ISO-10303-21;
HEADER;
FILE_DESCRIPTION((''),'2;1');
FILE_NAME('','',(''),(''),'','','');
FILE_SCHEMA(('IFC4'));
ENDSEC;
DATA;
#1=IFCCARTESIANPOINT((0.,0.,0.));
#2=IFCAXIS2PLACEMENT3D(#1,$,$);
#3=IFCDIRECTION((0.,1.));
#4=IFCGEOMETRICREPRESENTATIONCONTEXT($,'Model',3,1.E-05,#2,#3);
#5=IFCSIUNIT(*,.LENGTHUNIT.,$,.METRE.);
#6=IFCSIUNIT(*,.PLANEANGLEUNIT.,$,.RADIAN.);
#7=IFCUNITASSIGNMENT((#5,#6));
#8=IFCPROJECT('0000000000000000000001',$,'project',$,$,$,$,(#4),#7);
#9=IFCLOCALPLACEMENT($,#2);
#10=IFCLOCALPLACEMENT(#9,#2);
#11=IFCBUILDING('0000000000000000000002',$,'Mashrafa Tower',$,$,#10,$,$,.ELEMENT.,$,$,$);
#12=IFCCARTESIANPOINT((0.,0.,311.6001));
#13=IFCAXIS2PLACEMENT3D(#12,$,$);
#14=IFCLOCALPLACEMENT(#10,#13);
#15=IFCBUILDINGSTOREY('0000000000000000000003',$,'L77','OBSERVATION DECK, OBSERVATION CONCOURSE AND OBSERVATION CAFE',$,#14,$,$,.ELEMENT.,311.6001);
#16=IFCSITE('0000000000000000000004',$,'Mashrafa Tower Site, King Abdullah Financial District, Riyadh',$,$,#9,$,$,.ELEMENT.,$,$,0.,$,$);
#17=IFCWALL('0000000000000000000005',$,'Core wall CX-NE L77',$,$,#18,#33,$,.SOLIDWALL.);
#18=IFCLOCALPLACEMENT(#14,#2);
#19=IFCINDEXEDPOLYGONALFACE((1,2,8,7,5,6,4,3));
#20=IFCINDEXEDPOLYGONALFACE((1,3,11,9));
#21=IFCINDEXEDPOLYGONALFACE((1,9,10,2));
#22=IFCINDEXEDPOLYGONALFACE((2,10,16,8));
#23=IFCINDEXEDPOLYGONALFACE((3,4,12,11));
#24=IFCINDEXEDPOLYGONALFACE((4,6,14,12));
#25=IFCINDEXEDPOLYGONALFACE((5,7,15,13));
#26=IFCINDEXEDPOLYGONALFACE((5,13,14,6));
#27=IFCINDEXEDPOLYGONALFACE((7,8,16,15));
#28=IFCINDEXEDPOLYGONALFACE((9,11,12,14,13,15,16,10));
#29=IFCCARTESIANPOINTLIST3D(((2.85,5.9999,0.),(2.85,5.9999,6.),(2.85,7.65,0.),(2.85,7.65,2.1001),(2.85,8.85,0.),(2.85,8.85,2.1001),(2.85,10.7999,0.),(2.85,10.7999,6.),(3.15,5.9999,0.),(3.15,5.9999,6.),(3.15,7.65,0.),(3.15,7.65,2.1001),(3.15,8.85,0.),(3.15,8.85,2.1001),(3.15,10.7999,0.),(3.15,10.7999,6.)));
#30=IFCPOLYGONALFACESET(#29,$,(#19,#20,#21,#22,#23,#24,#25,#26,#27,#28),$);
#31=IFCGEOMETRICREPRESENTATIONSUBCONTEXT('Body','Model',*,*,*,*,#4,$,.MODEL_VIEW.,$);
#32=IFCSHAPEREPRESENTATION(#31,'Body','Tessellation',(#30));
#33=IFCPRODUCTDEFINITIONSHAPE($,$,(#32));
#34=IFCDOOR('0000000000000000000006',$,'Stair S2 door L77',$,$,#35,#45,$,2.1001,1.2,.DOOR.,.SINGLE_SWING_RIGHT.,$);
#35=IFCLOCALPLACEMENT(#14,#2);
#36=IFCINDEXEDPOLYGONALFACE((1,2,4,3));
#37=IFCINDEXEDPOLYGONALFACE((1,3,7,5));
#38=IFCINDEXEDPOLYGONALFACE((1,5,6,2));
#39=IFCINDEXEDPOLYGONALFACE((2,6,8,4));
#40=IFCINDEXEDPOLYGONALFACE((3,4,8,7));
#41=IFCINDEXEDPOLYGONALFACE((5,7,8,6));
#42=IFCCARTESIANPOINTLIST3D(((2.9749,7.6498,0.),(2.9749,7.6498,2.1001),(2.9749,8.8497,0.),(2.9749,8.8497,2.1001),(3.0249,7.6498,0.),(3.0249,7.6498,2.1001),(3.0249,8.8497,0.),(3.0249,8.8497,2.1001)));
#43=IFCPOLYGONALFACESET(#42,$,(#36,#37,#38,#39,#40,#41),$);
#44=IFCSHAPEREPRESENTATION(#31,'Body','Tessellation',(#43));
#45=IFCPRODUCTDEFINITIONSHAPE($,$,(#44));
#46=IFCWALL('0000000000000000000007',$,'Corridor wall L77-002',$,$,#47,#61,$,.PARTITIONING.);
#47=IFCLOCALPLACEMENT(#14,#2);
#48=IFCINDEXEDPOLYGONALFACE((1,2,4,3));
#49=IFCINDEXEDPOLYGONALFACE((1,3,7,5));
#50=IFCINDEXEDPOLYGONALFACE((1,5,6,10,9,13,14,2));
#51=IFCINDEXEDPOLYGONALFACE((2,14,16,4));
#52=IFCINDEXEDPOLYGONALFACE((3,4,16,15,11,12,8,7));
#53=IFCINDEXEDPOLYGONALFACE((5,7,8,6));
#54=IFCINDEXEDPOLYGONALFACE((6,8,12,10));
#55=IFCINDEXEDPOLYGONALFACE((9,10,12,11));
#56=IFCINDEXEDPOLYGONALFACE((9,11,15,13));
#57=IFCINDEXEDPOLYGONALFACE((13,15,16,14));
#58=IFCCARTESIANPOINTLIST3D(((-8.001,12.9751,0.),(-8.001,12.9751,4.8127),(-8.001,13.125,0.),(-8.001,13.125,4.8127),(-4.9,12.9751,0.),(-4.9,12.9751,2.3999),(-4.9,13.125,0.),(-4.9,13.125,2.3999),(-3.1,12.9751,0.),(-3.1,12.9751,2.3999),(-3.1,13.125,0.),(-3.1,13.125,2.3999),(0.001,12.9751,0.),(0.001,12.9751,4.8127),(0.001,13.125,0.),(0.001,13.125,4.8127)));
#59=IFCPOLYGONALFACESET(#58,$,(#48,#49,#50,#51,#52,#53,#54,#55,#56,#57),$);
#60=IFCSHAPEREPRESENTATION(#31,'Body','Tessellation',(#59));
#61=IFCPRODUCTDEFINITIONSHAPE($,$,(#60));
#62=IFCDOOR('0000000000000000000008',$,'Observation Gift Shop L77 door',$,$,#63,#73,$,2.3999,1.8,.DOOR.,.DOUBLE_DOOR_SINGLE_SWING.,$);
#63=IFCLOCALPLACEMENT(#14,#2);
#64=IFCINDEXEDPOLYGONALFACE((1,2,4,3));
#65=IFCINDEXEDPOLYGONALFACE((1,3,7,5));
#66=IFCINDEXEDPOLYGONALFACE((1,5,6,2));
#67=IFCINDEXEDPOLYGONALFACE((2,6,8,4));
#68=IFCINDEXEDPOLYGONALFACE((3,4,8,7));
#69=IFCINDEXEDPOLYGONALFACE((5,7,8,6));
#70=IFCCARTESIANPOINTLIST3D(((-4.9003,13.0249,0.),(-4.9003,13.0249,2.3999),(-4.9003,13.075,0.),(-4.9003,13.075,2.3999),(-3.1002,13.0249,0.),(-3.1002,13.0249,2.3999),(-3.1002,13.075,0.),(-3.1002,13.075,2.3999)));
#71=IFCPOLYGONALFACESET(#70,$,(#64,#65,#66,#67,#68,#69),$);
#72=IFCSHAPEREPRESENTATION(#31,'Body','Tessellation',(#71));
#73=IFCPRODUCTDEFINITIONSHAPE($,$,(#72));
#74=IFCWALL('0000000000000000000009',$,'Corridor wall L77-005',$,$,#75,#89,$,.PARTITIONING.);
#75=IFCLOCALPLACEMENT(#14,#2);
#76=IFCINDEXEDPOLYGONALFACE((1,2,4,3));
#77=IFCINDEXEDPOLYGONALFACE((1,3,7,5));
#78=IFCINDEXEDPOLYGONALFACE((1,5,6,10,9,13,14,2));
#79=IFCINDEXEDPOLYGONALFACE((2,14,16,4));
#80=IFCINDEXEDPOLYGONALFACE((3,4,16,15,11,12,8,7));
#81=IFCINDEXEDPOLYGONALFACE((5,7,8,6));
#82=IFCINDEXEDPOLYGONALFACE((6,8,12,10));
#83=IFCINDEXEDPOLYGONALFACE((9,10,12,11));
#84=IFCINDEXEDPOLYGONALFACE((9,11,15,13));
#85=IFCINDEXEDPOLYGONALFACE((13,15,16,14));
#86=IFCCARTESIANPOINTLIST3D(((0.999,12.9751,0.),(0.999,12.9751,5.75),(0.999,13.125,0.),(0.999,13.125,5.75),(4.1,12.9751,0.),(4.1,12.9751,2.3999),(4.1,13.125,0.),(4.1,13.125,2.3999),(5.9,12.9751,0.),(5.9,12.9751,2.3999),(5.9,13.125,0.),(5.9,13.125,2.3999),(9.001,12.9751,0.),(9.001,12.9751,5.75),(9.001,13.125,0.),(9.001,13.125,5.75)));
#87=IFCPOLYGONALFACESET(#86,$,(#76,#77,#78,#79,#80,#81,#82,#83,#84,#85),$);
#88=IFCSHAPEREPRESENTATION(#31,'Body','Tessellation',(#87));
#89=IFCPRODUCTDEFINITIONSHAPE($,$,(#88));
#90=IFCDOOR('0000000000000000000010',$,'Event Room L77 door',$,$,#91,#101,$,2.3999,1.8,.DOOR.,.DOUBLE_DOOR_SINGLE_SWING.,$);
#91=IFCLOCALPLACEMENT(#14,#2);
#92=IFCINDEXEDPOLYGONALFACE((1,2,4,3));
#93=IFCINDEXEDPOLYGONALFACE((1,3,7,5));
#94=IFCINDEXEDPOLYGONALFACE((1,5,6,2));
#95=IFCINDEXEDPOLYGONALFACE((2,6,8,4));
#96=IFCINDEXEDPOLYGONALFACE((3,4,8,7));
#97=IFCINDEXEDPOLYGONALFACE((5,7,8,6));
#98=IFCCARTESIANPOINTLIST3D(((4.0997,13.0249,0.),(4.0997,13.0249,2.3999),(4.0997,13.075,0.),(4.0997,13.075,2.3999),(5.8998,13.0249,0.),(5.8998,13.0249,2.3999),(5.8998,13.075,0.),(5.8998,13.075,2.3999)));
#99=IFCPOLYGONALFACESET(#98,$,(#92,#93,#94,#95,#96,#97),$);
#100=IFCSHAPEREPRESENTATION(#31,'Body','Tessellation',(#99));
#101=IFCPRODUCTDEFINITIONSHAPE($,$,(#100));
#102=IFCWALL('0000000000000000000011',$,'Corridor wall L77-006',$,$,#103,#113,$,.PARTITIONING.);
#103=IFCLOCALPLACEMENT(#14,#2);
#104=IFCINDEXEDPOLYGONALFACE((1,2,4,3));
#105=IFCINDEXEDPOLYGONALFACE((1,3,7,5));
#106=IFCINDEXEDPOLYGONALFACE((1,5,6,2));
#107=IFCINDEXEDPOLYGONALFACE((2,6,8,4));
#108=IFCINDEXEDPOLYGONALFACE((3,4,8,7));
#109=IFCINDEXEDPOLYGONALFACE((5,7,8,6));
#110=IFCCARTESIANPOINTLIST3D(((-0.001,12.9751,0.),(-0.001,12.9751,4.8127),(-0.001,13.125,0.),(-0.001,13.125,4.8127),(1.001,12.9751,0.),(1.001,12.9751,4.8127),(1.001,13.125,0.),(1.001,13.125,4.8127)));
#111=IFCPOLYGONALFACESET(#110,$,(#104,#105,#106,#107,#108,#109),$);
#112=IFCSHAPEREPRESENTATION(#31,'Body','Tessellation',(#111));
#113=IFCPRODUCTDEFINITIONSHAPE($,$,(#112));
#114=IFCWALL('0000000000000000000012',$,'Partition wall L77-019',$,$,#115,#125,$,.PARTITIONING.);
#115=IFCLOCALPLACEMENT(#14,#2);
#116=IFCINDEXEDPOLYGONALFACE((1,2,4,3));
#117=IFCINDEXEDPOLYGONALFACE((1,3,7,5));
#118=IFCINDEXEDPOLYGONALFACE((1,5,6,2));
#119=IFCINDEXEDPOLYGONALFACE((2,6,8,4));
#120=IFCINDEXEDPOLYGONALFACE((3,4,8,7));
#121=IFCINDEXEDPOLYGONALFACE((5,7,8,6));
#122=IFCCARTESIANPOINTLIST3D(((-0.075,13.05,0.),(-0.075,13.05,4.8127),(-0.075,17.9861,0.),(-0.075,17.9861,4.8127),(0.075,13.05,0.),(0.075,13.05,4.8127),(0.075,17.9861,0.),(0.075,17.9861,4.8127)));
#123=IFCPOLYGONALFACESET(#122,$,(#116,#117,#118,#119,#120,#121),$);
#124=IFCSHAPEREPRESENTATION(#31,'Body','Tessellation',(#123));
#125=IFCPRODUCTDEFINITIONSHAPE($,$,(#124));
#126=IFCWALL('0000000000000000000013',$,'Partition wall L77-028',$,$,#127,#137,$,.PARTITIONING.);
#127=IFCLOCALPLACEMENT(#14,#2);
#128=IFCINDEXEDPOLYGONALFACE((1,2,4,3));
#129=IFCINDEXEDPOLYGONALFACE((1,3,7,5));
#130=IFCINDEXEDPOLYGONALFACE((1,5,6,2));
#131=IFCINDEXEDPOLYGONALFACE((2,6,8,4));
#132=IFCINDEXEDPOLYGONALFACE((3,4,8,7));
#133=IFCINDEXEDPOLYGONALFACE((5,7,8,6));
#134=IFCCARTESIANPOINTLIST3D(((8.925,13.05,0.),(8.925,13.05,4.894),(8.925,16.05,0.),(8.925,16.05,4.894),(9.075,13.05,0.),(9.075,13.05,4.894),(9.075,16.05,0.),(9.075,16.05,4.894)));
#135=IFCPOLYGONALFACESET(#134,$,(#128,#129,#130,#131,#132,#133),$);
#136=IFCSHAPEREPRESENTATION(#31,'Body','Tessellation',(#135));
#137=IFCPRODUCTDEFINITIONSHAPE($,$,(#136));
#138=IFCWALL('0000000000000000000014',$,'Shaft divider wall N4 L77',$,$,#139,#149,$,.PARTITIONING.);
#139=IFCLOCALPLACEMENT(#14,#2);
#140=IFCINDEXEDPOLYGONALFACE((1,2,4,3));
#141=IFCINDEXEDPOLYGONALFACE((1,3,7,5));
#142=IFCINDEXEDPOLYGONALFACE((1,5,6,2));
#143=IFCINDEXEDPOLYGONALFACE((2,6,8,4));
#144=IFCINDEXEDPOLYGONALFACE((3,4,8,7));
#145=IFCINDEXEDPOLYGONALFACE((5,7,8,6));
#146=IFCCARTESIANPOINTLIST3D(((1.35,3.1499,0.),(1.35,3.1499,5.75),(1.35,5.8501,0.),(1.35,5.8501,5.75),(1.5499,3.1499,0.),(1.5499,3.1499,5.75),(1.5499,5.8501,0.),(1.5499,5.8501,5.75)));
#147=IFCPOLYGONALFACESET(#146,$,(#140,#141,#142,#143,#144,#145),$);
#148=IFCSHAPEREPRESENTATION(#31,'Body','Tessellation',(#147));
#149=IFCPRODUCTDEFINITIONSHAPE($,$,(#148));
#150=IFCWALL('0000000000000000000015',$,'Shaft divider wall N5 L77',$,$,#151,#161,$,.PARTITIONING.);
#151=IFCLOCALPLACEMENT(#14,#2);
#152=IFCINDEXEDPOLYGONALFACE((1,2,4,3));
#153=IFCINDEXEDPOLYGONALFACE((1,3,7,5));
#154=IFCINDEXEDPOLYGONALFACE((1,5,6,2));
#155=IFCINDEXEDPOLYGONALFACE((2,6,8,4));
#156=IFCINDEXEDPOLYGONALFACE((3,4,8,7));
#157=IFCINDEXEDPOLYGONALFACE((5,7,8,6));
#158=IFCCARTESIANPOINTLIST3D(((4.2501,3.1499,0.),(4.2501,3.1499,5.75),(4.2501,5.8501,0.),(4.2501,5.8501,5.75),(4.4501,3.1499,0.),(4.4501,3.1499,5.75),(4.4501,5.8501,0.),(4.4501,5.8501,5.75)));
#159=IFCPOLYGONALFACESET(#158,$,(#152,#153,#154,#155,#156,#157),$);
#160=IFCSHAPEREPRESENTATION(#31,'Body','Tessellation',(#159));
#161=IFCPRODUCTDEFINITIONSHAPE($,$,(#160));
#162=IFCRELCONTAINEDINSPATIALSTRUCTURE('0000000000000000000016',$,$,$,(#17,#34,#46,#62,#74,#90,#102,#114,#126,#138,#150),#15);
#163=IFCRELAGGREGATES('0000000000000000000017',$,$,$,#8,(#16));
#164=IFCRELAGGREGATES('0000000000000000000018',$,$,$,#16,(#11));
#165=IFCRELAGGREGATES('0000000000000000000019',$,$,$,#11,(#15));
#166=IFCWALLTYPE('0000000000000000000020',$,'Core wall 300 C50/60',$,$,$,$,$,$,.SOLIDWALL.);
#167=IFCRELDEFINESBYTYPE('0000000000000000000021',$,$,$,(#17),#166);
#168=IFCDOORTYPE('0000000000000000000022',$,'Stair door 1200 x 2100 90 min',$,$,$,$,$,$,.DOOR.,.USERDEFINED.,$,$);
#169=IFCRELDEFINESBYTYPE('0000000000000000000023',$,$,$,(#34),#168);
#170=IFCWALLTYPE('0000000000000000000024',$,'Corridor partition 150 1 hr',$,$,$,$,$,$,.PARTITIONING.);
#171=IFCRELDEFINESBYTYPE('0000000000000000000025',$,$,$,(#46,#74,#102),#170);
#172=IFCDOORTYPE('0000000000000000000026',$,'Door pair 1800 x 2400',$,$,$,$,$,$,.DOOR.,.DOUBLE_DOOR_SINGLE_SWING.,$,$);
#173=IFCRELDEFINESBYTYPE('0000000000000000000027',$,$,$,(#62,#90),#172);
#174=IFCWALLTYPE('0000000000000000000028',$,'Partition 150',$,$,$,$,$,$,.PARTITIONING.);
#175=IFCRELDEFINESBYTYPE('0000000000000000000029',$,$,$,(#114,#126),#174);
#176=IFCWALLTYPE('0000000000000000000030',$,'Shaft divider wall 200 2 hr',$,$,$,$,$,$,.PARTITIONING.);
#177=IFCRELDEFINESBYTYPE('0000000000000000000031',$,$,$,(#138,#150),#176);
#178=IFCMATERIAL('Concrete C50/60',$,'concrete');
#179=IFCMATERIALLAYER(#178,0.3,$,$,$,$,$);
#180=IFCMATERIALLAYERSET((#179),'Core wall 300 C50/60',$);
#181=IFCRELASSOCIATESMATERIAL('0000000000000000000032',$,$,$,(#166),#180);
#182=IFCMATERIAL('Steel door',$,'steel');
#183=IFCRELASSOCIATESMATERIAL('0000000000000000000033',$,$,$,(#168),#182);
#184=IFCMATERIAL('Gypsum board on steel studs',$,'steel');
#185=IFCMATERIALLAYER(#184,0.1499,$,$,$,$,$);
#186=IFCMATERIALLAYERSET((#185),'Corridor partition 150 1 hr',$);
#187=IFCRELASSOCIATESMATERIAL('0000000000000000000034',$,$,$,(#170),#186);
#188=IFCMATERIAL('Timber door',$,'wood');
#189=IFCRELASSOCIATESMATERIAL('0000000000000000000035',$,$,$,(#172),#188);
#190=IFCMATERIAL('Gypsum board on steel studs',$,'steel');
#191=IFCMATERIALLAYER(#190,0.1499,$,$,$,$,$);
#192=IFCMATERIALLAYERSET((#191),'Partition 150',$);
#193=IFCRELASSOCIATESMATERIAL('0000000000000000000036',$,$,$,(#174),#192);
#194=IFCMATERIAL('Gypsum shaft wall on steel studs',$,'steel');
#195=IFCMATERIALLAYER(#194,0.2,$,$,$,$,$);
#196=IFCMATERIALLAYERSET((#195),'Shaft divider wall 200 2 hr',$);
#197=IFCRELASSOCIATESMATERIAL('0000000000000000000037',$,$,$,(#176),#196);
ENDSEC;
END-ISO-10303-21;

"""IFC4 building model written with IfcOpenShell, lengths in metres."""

from ifc_helpers import new_model, si_unit, direction, frame, frame_2d, origin, place, context, subcontext, project, spatial, rectangle, extrude, material, layer, layer_set, type_object, element, fill, save


model = new_model("IFC4")

# Units and contexts
model_context = context("Model", 3, precision=1e-05, world=origin(), true_north=direction((0.0, 1.0)))
body_context = subcontext(model_context, "Body", "Model", "MODEL_VIEW")
ifc_project = project(units=[si_unit("LENGTHUNIT", "METRE"), si_unit("PLANEANGLEUNIT", "RADIAN")], contexts=[model_context])

# Site, building, storey
site_placement = place(None, origin())
site = spatial("IfcSite", under=ifc_project, at=site_placement, Name="Mashrafa Tower Site, King Abdullah Financial District, Riyadh", CompositionType="ELEMENT", RefElevation=0.0)
building_placement = place(site_placement, origin())
building = spatial("IfcBuilding", under=site, at=building_placement, Name="Mashrafa Tower", CompositionType="ELEMENT")
storey_placement = place(building_placement, frame((0.0, 0.0, 311.6001)))
storey = spatial("IfcBuildingStorey", under=building, at=storey_placement, Name="L77", Description="OBSERVATION DECK, OBSERVATION CONCOURSE AND OBSERVATION CAFE", CompositionType="ELEMENT", Elevation=311.6001)

# Walls, openings, doors
ifc_material_1 = material(Name="Concrete C50/60", Category="concrete")
ifc_layer_1 = layer(ifc_material_1, 0.3)
ifc_layer_set_1 = layer_set([ifc_layer_1], Name="Core wall 300 C50/60")
wall_type_1 = type_object("IfcWallType", Name="Core wall 300 C50/60", PredefinedType="SOLIDWALL", material=ifc_layer_set_1)
wall_1_placement = place(storey_placement, frame((3.0, 6.0, 0.0), z_axis=(0.0, 0.0, 1.0), x_axis=(0.0, 1.0, 0.0)))
wall_1 = element("IfcWall", 1, at=wall_1_placement, inside=storey, type_object=wall_type_1, Name="Core wall CX-NE L77", PredefinedType="SOLIDWALL", context=body_context, shape_type="SweptSolid", body=[
    extrude(rectangle(XDim=4.8, YDim=0.3, at=frame_2d((2.3999, 0.0))), origin(), (0.0, 0.0, 1.0), 6.0),
])
opening_1_placement = place(wall_1_placement, frame((1.6499, 0.0, 0.0)))
opening_1 = element("IfcOpeningElement", 2, at=opening_1_placement, cuts=wall_1, PredefinedType="OPENING", context=body_context, shape_type="SweptSolid", body=[
    extrude(rectangle(XDim=1.2, YDim=2.1001, at=frame_2d((0.6001, 1.05))), frame((0.0, 0.1599, 0.0), z_axis=(0.0, -1.0, 0.0), x_axis=(1.0, 0.0, 0.0)), (0.0, 0.0, 1.0), 0.3201),
])
ifc_material_2 = material(Name="Steel door", Category="steel")
door_type_1 = type_object("IfcDoorType", Name="Stair door 1200 x 2100 90 min", OperationType="USERDEFINED", PredefinedType="DOOR", material=ifc_material_2)
door_1_placement = place(opening_1_placement, frame((1.2, 0.0, 0.0), z_axis=(0.0, 0.0, 1.0), x_axis=(-1.0, 0.0, 0.0)))
door_1 = element("IfcDoor", 3, at=door_1_placement, inside=storey, type_object=door_type_1, Name="Stair S2 door L77", OperationType="SINGLE_SWING_RIGHT", OverallHeight=2.1001, OverallWidth=1.2, PredefinedType="DOOR", context=body_context, shape_type="SweptSolid", body=[
    extrude(rectangle(XDim=1.2, YDim=2.1001, at=frame_2d((0.6001, 1.05))), frame((0.0, 0.0249, 0.0), z_axis=(0.0, -1.0, 0.0), x_axis=(1.0, 0.0, 0.0)), (0.0, 0.0, 1.0), 0.05),
])
fill(opening_1, door_1)
ifc_material_3 = material(Name="Gypsum board on steel studs", Category="steel")
ifc_layer_2 = layer(ifc_material_3, 0.1499)
ifc_layer_set_2 = layer_set([ifc_layer_2], Name="Corridor partition 150 1 hr")
wall_type_2 = type_object("IfcWallType", Name="Corridor partition 150 1 hr", PredefinedType="PARTITIONING", material=ifc_layer_set_2)
wall_2_placement = place(storey_placement, frame((0.001, 13.05, 0.0), z_axis=(0.0, 0.0, 1.0), x_axis=(-1.0, 0.0, 0.0)))
wall_2 = element("IfcWall", 4, at=wall_2_placement, inside=storey, type_object=wall_type_2, Name="Corridor wall L77-002", PredefinedType="PARTITIONING", context=body_context, shape_type="SweptSolid", body=[
    extrude(rectangle(XDim=8.002, YDim=0.1499, at=frame_2d((4.001, 0.0))), origin(), (0.0, 0.0, 1.0), 4.8127),
])
opening_2_placement = place(wall_2_placement, frame((3.1011, 0.0, 0.0)))
opening_2 = element("IfcOpeningElement", 5, at=opening_2_placement, cuts=wall_2, PredefinedType="OPENING", context=body_context, shape_type="SweptSolid", body=[
    extrude(rectangle(XDim=1.8, YDim=2.3999, at=frame_2d((0.8999, 1.2))), frame((0.0, 0.085, 0.0), z_axis=(0.0, -1.0, 0.0), x_axis=(1.0, 0.0, 0.0)), (0.0, 0.0, 1.0), 0.1699),
])
ifc_material_4 = material(Name="Timber door", Category="wood")
door_type_2 = type_object("IfcDoorType", Name="Door pair 1800 x 2400", OperationType="DOUBLE_DOOR_SINGLE_SWING", PredefinedType="DOOR", material=ifc_material_4)
door_2_placement = place(opening_2_placement, frame((1.8, 0.0, 0.0), z_axis=(0.0, 0.0, 1.0), x_axis=(-1.0, 0.0, 0.0)))
door_2 = element("IfcDoor", 6, at=door_2_placement, inside=storey, type_object=door_type_2, Name="Observation Gift Shop L77 door", OperationType="DOUBLE_DOOR_SINGLE_SWING", OverallHeight=2.3999, OverallWidth=1.8, PredefinedType="DOOR", context=body_context, shape_type="SweptSolid", body=[
    extrude(rectangle(XDim=1.8, YDim=2.3999, at=frame_2d((0.8999, 1.2))), frame((0.0, 0.0249, 0.0), z_axis=(0.0, -1.0, 0.0), x_axis=(1.0, 0.0, 0.0)), (0.0, 0.0, 1.0), 0.05),
])
fill(opening_2, door_2)
wall_3_placement = place(storey_placement, frame((9.001, 13.05, 0.0), z_axis=(0.0, 0.0, 1.0), x_axis=(-1.0, 0.0, 0.0)))
wall_3 = element("IfcWall", 7, at=wall_3_placement, inside=storey, type_object=wall_type_2, Name="Corridor wall L77-005", PredefinedType="PARTITIONING", context=body_context, shape_type="SweptSolid", body=[
    extrude(rectangle(XDim=8.002, YDim=0.1499, at=frame_2d((4.001, 0.0))), origin(), (0.0, 0.0, 1.0), 5.75),
])
opening_3_placement = place(wall_3_placement, frame((3.1011, 0.0, 0.0)))
opening_3 = element("IfcOpeningElement", 8, at=opening_3_placement, cuts=wall_3, PredefinedType="OPENING", context=body_context, shape_type="SweptSolid", body=[
    extrude(rectangle(XDim=1.8, YDim=2.3999, at=frame_2d((0.8999, 1.2))), frame((0.0, 0.085, 0.0), z_axis=(0.0, -1.0, 0.0), x_axis=(1.0, 0.0, 0.0)), (0.0, 0.0, 1.0), 0.1699),
])
door_3_placement = place(opening_3_placement, frame((1.8, 0.0, 0.0), z_axis=(0.0, 0.0, 1.0), x_axis=(-1.0, 0.0, 0.0)))
door_3 = element("IfcDoor", 9, at=door_3_placement, inside=storey, type_object=door_type_2, Name="Event Room L77 door", OperationType="DOUBLE_DOOR_SINGLE_SWING", OverallHeight=2.3999, OverallWidth=1.8, PredefinedType="DOOR", context=body_context, shape_type="SweptSolid", body=[
    extrude(rectangle(XDim=1.8, YDim=2.3999, at=frame_2d((0.8999, 1.2))), frame((0.0, 0.0249, 0.0), z_axis=(0.0, -1.0, 0.0), x_axis=(1.0, 0.0, 0.0)), (0.0, 0.0, 1.0), 0.05),
])
fill(opening_3, door_3)

# Walls
wall_4_placement = place(storey_placement, frame((1.001, 13.05, 0.0), z_axis=(0.0, 0.0, 1.0), x_axis=(-1.0, 0.0, 0.0)))
element("IfcWall", 10, at=wall_4_placement, inside=storey, type_object=wall_type_2, Name="Corridor wall L77-006", PredefinedType="PARTITIONING", context=body_context, shape_type="SweptSolid", body=[
    extrude(rectangle(XDim=1.002, YDim=0.1499, at=frame_2d((0.501, 0.0))), origin(), (0.0, 0.0, 1.0), 4.8127),
])
ifc_material_5 = material(Name="Gypsum board on steel studs", Category="steel")
ifc_layer_3 = layer(ifc_material_5, 0.1499)
ifc_layer_set_3 = layer_set([ifc_layer_3], Name="Partition 150")
wall_type_3 = type_object("IfcWallType", Name="Partition 150", PredefinedType="PARTITIONING", material=ifc_layer_set_3)
wall_5_placement = place(storey_placement, frame((0.0, 13.05, 0.0), z_axis=(0.0, 0.0, 1.0), x_axis=(0.0, 1.0, 0.0)))
element("IfcWall", 11, at=wall_5_placement, inside=storey, type_object=wall_type_3, Name="Partition wall L77-019", PredefinedType="PARTITIONING", context=body_context, shape_type="SweptSolid", body=[
    extrude(rectangle(XDim=4.936, YDim=0.1499, at=frame_2d((2.468, 0.0))), origin(), (0.0, 0.0, 1.0), 4.8127),
])
wall_6_placement = place(storey_placement, frame((9.0, 13.05, 0.0), z_axis=(0.0, 0.0, 1.0), x_axis=(0.0, 1.0, 0.0)))
element("IfcWall", 12, at=wall_6_placement, inside=storey, type_object=wall_type_3, Name="Partition wall L77-028", PredefinedType="PARTITIONING", context=body_context, shape_type="SweptSolid", body=[
    extrude(rectangle(XDim=3.0, YDim=0.1499, at=frame_2d((1.5, 0.0))), origin(), (0.0, 0.0, 1.0), 4.894),
])
ifc_material_6 = material(Name="Gypsum shaft wall on steel studs", Category="steel")
ifc_layer_4 = layer(ifc_material_6, 0.2)
ifc_layer_set_4 = layer_set([ifc_layer_4], Name="Shaft divider wall 200 2 hr")
wall_type_4 = type_object("IfcWallType", Name="Shaft divider wall 200 2 hr", PredefinedType="PARTITIONING", material=ifc_layer_set_4)
for number, where, z_axis, x_axis, name in (
    (13, (1.45, 3.1499, 0.0), (0.0, 0.0, 1.0), (0.0, 1.0, 0.0), "Shaft divider wall N4 L77"),
    (14, (4.3501, 3.1499, 0.0), (0.0, 0.0, 1.0), (0.0, 1.0, 0.0), "Shaft divider wall N5 L77"),
):
    element("IfcWall", number, at=place(storey_placement, frame(where, z_axis=z_axis, x_axis=x_axis)), inside=storey, type_object=wall_type_4, Name=name, PredefinedType="PARTITIONING", context=body_context, shape_type="SweptSolid", body=[
        extrude(rectangle(XDim=2.7002, YDim=0.2, at=frame_2d((1.3501, 0.0))), origin(), (0.0, 0.0, 1.0), 5.75),
    ])

save(model, "model.ifc")
